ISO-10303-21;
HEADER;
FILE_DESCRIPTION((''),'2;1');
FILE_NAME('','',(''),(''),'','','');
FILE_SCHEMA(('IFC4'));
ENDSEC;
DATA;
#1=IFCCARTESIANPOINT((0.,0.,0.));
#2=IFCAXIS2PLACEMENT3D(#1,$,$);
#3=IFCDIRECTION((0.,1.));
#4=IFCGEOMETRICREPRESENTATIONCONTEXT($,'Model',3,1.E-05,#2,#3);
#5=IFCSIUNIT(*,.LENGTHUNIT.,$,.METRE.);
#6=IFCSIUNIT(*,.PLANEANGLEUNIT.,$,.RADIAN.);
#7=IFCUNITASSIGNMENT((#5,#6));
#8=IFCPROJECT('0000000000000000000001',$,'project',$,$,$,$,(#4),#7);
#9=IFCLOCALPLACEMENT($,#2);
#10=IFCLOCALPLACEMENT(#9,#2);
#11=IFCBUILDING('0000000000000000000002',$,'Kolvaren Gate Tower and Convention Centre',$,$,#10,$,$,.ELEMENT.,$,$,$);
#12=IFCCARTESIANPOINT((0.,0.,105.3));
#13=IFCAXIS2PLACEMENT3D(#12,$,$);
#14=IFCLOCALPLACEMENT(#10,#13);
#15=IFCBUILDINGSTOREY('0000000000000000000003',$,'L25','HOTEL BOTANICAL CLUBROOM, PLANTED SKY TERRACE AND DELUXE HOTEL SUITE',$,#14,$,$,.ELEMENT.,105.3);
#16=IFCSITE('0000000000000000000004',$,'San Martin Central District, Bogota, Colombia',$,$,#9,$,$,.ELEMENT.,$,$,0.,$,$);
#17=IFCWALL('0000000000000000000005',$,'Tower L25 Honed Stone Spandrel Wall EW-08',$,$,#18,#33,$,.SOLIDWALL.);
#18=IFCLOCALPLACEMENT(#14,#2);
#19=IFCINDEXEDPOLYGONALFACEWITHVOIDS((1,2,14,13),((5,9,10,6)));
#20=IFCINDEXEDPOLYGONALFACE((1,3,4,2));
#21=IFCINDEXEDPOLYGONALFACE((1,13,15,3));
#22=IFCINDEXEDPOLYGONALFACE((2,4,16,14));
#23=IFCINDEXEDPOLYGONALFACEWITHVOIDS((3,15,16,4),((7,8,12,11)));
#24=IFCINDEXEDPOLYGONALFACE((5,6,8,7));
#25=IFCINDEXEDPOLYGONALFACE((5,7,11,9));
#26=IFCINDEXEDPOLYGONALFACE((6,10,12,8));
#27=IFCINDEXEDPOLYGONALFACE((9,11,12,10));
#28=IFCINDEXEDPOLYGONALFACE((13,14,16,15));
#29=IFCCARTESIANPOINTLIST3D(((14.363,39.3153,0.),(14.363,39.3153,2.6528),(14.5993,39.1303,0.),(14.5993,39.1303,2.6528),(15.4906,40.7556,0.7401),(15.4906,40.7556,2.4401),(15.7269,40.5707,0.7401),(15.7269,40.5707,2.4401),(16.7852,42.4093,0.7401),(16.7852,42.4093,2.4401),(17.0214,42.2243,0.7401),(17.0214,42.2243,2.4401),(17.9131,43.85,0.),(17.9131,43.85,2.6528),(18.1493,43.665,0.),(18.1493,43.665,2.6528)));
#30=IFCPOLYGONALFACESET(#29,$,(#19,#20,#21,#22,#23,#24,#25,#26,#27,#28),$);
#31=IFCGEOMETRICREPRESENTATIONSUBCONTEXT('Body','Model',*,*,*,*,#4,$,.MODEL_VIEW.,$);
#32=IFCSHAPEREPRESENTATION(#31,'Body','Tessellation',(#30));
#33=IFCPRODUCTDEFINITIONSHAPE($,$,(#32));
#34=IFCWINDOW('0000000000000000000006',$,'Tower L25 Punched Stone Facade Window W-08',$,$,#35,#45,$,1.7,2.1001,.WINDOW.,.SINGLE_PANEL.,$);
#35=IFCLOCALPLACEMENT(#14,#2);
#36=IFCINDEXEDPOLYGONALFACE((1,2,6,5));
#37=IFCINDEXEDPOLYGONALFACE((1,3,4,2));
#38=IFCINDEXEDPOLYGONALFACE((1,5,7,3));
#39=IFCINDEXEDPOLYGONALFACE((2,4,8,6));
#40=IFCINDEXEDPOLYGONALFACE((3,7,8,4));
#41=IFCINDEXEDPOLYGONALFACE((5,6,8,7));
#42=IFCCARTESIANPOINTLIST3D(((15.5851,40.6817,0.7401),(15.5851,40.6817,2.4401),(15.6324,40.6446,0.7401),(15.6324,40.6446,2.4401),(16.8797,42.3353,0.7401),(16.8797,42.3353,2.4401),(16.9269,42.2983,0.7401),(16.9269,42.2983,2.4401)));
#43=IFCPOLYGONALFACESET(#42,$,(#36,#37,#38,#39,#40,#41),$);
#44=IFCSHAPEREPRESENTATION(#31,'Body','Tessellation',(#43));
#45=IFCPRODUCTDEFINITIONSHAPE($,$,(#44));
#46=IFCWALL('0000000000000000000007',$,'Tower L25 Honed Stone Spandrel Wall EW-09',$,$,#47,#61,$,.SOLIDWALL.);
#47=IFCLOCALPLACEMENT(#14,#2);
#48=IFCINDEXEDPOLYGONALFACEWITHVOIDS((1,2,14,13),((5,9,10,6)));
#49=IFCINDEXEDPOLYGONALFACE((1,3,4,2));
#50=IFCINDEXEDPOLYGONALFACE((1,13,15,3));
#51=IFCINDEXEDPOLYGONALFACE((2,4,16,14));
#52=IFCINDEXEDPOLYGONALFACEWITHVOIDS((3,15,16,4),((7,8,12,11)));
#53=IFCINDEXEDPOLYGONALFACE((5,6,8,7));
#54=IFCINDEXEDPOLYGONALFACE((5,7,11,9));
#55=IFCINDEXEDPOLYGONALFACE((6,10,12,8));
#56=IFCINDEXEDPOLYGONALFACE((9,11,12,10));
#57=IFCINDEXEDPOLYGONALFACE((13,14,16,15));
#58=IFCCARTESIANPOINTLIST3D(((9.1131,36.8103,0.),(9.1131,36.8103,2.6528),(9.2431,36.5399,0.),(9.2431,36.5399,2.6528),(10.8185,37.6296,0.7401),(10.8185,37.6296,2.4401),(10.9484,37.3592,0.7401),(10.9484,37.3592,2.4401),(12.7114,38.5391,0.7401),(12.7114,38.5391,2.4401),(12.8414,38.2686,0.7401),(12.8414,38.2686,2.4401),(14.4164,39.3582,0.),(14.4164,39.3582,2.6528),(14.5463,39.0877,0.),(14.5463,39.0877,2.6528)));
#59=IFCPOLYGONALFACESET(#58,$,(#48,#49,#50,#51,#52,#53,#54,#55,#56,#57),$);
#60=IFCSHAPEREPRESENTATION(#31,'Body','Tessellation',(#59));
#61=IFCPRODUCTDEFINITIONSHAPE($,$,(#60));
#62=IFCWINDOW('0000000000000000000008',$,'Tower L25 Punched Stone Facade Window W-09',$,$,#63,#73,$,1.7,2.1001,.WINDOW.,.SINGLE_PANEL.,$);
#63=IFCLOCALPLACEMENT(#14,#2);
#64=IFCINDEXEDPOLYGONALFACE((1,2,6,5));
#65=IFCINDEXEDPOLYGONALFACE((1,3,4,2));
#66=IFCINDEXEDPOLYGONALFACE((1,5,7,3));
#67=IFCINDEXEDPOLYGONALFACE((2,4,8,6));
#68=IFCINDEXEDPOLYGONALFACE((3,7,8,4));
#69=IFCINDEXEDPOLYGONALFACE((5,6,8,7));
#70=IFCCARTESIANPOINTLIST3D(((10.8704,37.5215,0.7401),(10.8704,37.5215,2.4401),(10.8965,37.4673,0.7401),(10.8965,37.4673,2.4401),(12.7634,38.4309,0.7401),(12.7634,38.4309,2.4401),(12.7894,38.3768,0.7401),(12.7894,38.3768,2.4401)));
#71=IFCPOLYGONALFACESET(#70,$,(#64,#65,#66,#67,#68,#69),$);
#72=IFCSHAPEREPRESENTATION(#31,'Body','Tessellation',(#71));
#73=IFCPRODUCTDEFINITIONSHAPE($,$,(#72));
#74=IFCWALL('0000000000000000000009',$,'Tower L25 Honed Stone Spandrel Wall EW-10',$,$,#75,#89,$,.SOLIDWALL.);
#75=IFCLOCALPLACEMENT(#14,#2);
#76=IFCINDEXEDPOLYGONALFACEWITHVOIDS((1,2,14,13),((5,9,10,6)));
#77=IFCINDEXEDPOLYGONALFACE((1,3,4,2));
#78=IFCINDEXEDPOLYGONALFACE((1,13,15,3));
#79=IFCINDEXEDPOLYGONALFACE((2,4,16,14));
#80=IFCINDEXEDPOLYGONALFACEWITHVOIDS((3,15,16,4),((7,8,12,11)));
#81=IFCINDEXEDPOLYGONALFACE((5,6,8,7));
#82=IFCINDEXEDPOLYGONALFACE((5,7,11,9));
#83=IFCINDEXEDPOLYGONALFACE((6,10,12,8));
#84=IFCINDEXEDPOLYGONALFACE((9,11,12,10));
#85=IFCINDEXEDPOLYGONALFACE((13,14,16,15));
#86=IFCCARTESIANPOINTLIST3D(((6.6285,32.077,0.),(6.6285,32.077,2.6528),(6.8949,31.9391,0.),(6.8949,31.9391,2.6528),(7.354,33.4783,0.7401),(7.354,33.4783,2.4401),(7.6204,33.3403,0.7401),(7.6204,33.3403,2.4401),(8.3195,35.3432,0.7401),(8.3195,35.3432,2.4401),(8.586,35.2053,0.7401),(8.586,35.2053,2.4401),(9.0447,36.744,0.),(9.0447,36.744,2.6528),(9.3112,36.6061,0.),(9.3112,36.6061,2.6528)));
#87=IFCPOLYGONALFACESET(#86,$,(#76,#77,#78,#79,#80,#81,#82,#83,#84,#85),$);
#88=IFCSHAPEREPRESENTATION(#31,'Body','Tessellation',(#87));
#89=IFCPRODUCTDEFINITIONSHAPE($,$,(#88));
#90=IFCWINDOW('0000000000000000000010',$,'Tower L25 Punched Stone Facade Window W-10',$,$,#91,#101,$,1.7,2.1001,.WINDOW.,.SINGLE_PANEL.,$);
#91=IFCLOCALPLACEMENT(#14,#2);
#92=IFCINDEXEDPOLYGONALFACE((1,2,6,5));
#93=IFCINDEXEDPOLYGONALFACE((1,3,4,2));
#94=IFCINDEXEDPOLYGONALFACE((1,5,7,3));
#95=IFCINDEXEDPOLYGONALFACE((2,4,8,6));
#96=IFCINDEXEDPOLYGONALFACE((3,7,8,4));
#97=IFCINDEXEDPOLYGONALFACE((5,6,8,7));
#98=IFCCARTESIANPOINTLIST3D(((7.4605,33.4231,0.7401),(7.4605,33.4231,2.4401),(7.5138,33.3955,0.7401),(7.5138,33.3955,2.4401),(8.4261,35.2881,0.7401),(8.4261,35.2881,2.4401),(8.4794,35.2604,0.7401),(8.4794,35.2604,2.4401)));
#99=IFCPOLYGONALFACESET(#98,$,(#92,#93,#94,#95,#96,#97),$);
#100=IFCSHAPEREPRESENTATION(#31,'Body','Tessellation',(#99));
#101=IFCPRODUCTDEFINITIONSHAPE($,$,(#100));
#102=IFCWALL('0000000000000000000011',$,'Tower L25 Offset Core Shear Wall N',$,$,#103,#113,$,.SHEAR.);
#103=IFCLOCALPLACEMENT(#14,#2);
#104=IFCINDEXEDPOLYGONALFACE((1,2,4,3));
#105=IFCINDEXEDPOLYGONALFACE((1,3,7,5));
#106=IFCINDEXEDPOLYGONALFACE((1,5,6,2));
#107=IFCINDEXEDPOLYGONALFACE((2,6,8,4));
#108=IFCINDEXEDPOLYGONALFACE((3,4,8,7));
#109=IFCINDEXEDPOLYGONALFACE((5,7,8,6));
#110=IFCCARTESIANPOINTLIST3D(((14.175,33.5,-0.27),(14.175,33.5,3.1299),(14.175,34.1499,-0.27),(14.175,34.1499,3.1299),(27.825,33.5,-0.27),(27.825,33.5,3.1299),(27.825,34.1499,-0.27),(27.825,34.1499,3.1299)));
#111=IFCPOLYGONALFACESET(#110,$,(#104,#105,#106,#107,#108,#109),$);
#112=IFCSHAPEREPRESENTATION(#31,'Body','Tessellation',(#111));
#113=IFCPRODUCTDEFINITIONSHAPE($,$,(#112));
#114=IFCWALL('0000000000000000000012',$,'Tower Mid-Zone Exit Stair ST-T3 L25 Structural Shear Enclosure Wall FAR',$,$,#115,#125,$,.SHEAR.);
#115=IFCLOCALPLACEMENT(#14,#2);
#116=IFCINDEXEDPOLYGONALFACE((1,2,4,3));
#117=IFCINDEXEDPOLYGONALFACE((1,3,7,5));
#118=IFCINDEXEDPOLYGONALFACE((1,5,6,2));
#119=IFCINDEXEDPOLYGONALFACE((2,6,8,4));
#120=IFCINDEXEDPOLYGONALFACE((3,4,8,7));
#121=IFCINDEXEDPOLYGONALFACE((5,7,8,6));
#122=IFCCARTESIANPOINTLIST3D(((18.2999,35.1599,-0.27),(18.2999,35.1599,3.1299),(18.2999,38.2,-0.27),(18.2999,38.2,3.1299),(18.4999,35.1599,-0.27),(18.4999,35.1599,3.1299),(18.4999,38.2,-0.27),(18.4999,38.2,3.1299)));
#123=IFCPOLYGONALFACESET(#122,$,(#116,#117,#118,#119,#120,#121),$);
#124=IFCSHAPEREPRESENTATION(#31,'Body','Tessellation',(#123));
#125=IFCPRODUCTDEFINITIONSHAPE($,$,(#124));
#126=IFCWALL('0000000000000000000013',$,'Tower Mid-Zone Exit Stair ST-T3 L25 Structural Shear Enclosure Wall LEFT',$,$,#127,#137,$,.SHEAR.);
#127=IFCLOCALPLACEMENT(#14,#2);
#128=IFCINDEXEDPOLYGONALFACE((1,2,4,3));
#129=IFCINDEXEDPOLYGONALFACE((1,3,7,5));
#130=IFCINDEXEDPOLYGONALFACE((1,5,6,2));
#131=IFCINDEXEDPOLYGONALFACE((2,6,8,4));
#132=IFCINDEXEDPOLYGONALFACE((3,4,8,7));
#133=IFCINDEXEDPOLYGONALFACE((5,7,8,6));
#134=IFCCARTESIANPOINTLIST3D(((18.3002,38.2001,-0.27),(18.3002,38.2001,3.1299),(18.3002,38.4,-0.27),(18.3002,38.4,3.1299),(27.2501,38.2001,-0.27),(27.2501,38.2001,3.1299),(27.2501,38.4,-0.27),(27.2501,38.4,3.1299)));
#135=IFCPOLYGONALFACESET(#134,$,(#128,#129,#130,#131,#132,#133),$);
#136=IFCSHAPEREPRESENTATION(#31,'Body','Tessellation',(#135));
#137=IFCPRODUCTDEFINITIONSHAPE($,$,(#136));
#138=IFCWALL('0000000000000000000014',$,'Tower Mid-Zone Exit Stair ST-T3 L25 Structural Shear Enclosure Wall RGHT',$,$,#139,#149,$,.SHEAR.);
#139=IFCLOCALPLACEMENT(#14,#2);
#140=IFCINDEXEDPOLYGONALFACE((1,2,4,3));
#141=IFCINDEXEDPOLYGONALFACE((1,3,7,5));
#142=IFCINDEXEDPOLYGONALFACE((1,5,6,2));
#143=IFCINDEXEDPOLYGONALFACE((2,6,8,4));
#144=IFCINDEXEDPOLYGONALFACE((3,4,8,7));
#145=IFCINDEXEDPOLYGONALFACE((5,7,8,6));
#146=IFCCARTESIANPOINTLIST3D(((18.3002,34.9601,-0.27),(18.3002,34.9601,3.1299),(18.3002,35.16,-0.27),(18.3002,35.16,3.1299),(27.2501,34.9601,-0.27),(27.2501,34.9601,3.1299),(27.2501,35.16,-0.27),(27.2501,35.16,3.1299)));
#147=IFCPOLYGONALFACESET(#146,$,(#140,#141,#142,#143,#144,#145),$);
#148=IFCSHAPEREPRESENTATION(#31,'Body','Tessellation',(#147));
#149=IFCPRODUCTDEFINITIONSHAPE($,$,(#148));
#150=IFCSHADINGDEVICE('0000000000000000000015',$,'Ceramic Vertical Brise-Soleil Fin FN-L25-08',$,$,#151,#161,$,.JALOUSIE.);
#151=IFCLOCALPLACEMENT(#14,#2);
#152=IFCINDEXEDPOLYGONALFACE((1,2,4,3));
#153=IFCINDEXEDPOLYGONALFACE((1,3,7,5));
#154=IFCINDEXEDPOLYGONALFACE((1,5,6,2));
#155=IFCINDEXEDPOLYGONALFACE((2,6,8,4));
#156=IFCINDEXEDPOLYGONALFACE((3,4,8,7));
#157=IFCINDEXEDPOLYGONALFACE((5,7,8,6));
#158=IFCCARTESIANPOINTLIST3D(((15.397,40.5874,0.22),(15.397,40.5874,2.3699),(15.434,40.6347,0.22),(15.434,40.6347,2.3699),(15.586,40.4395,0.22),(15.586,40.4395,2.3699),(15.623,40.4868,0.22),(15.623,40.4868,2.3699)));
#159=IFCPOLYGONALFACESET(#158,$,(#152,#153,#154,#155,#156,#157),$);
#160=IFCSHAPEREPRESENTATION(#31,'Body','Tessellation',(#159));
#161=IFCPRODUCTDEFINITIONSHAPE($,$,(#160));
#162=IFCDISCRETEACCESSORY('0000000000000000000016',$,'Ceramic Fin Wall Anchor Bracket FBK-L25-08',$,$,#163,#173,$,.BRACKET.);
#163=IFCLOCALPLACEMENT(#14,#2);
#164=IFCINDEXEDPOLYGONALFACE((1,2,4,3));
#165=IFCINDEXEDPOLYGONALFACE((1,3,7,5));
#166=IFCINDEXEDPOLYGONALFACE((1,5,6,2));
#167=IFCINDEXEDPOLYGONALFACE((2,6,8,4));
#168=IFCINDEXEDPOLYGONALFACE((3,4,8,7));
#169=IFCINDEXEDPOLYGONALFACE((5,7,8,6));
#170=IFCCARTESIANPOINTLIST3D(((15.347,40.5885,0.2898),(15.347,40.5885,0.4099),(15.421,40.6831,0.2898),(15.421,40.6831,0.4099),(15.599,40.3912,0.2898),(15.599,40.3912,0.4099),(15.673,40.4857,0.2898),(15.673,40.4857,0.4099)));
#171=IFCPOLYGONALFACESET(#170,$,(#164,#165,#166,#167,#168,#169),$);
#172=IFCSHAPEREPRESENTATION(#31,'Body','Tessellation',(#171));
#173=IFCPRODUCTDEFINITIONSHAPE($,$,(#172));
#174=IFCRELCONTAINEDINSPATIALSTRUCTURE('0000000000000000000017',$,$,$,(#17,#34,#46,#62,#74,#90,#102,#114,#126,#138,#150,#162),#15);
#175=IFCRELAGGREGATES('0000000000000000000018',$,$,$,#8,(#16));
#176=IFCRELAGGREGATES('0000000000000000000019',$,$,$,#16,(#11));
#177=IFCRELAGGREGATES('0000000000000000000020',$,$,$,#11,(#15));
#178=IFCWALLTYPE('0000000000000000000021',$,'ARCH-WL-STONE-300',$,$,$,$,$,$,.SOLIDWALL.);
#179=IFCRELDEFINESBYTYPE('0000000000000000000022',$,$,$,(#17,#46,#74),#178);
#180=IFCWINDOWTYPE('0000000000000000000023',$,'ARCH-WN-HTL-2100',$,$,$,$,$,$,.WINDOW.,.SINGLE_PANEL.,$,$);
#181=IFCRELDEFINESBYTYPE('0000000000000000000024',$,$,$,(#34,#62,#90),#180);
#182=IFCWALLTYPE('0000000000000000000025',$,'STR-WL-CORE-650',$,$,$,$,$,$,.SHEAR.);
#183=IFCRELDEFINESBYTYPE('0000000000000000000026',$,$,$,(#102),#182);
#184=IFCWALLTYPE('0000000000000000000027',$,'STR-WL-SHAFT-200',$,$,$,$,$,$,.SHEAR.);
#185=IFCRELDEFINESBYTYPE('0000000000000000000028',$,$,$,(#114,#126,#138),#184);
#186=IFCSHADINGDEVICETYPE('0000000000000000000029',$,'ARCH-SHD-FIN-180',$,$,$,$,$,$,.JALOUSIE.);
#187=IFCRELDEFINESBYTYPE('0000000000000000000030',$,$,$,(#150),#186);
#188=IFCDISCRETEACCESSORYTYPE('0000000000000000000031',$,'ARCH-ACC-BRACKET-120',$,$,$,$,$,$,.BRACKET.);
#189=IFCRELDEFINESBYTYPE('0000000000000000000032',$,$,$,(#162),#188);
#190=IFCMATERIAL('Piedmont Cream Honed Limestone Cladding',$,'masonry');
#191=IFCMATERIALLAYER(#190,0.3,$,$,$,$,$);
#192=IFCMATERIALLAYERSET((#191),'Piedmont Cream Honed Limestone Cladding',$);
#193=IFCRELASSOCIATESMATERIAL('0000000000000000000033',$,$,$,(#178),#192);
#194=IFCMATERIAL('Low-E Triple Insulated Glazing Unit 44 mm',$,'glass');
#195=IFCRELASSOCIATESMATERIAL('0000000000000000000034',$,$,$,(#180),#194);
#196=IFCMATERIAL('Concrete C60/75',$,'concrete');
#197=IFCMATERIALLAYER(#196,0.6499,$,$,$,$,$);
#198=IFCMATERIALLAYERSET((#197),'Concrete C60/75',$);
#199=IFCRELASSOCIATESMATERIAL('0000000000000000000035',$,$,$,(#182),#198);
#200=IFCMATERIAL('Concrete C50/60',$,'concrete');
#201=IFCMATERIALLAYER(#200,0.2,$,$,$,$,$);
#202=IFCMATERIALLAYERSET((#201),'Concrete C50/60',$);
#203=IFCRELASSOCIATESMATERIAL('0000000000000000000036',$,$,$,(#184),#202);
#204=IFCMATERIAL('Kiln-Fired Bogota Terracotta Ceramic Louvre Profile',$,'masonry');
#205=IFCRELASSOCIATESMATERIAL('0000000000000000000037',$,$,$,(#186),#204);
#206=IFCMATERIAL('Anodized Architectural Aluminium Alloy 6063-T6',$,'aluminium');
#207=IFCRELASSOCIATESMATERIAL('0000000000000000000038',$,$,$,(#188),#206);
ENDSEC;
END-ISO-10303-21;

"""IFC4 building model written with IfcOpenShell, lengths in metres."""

from ifc_helpers import new_model, si_unit, direction, frame, frame_2d, origin, origin_2d, place, context, subcontext, project, spatial, rectangle, extrude, material, layer, layer_set, type_object, element, fill, save


model = new_model("IFC4")

# Units and contexts
model_context = context("Model", 3, precision=1e-05, world=origin(), true_north=direction((0.0, 1.0)))
body_context = subcontext(model_context, "Body", "Model", "MODEL_VIEW")
ifc_project = project(units=[si_unit("LENGTHUNIT", "METRE"), si_unit("PLANEANGLEUNIT", "RADIAN")], contexts=[model_context])

# Site, building, storey
site_placement = place(None, origin())
site = spatial("IfcSite", under=ifc_project, at=site_placement, Name="San Martin Central District, Bogota, Colombia", CompositionType="ELEMENT", RefElevation=0.0)
building_placement = place(site_placement, origin())
building = spatial("IfcBuilding", under=site, at=building_placement, Name="Kolvaren Gate Tower and Convention Centre", CompositionType="ELEMENT")
storey_placement = place(building_placement, frame((0.0, 0.0, 105.3)))
storey = spatial("IfcBuildingStorey", under=building, at=storey_placement, Name="L25", Description="HOTEL BOTANICAL CLUBROOM, PLANTED SKY TERRACE AND DELUXE HOTEL SUITE", CompositionType="ELEMENT", Elevation=105.3)

# Shared definitions
ifc_material_1 = material(Name="Concrete C60/75", Category="concrete")

# Shared definitions
ifc_material_2 = material(Name="Piedmont Cream Honed Limestone Cladding", Category="masonry")

# Walls, openings, windows
ifc_layer_1 = layer(ifc_material_2, 0.3)
ifc_layer_set_1 = layer_set([ifc_layer_1], Name="Piedmont Cream Honed Limestone Cladding")
wall_type_1 = type_object("IfcWallType", Name="ARCH-WL-STONE-300", PredefinedType="SOLIDWALL", material=ifc_layer_set_1)
ifc_material_3 = material(Name="Low-E Triple Insulated Glazing Unit 44 mm", Category="glass")
window_type = type_object("IfcWindowType", Name="ARCH-WN-HTL-2100", PartitioningType="SINGLE_PANEL", PredefinedType="WINDOW", material=ifc_material_3)
wall_1_placement = place(storey_placement, frame((14.4812, 39.2229, 0.0), z_axis=(0.0, 0.0, 1.0), x_axis=(0.616435, 0.787406, 0.0)))
wall_1 = element("IfcWall", 1, at=wall_1_placement, inside=storey, type_object=wall_type_1, Name="Tower L25 Honed Stone Spandrel Wall EW-08", PredefinedType="SOLIDWALL", context=body_context, shape_type="SweptSolid", body=[
    extrude(rectangle(XDim=5.759, YDim=0.3, at=frame_2d((2.8794, 0.0))), origin(), (0.0, 0.0, 1.0), 2.6528),
])
opening_1_placement = place(wall_1_placement, frame((1.8291, 0.0, 0.74)))
opening_1 = element("IfcOpeningElement", 2, at=opening_1_placement, cuts=wall_1, PredefinedType="OPENING", context=body_context, shape_type="SweptSolid", body=[
    extrude(rectangle(XDim=2.1001, YDim=1.7, at=frame_2d((1.05, 0.8501))), frame((0.0, 0.1599, 0.0), z_axis=(0.0, -1.0, 0.0), x_axis=(1.0, 0.0, 0.0)), (0.0, 0.0, 1.0), 0.3201),
])
window_1_placement = place(opening_1_placement, origin())
window_1 = element("IfcWindow", 3, at=window_1_placement, inside=storey, type_object=window_type, Name="Tower L25 Punched Stone Facade Window W-08", OverallHeight=1.7, OverallWidth=2.1001, PartitioningType="SINGLE_PANEL", PredefinedType="WINDOW", context=body_context, shape_type="SweptSolid", body=[
    extrude(rectangle(XDim=2.1001, YDim=1.7, at=frame_2d((1.05, 0.8501))), frame((0.0, 0.03, 0.0), z_axis=(0.0, -1.0, 0.0), x_axis=(1.0, 0.0, 0.0)), (0.0, 0.0, 1.0), 0.0601),
])
fill(opening_1, window_1)
wall_2_placement = place(storey_placement, frame((9.178, 36.675, 0.0), z_axis=(0.0, 0.0, 1.0), x_axis=(0.90137, 0.433049, 0.0)))
wall_2 = element("IfcWall", 4, at=wall_2_placement, inside=storey, type_object=wall_type_1, Name="Tower L25 Honed Stone Spandrel Wall EW-09", PredefinedType="SOLIDWALL", context=body_context, shape_type="SweptSolid", body=[
    extrude(rectangle(XDim=5.8835, YDim=0.3, at=frame_2d((2.9419, 0.0))), origin(), (0.0, 0.0, 1.0), 2.6528),
])
opening_2_placement = place(wall_2_placement, frame((1.8921, 0.0, 0.74)))
opening_2 = element("IfcOpeningElement", 5, at=opening_2_placement, cuts=wall_2, PredefinedType="OPENING", context=body_context, shape_type="SweptSolid", body=[
    extrude(rectangle(XDim=2.1001, YDim=1.7, at=frame_2d((1.05, 0.8501))), frame((0.0, 0.1599, 0.0), z_axis=(0.0, -1.0, 0.0), x_axis=(1.0, 0.0, 0.0)), (0.0, 0.0, 1.0), 0.3201),
])
window_2_placement = place(opening_2_placement, origin())
window_2 = element("IfcWindow", 6, at=window_2_placement, inside=storey, type_object=window_type, Name="Tower L25 Punched Stone Facade Window W-09", OverallHeight=1.7, OverallWidth=2.1001, PartitioningType="SINGLE_PANEL", PredefinedType="WINDOW", context=body_context, shape_type="SweptSolid", body=[
    extrude(rectangle(XDim=2.1001, YDim=1.7, at=frame_2d((1.05, 0.8501))), frame((0.0, 0.03, 0.0), z_axis=(0.0, -1.0, 0.0), x_axis=(1.0, 0.0, 0.0)), (0.0, 0.0, 1.0), 0.0601),
])
fill(opening_2, window_2)
wall_3_placement = place(storey_placement, frame((6.7617, 32.0081, 0.0), z_axis=(0.0, 0.0, 1.0), x_axis=(0.459768, 0.888039, 0.0)))
wall_3 = element("IfcWall", 7, at=wall_3_placement, inside=storey, type_object=wall_type_1, Name="Tower L25 Honed Stone Spandrel Wall EW-10", PredefinedType="SOLIDWALL", context=body_context, shape_type="SweptSolid", body=[
    extrude(rectangle(XDim=5.2554, YDim=0.3, at=frame_2d((2.6277, 0.0))), origin(), (0.0, 0.0, 1.0), 2.6528),
])
opening_3_placement = place(wall_3_placement, frame((1.5779, 0.0, 0.74)))
opening_3 = element("IfcOpeningElement", 8, at=opening_3_placement, cuts=wall_3, PredefinedType="OPENING", context=body_context, shape_type="SweptSolid", body=[
    extrude(rectangle(XDim=2.1001, YDim=1.7, at=frame_2d((1.05, 0.8501))), frame((0.0, 0.1599, 0.0), z_axis=(0.0, -1.0, 0.0), x_axis=(1.0, 0.0, 0.0)), (0.0, 0.0, 1.0), 0.3201),
])
window_3_placement = place(opening_3_placement, origin())
window_3 = element("IfcWindow", 9, at=window_3_placement, inside=storey, type_object=window_type, Name="Tower L25 Punched Stone Facade Window W-10", OverallHeight=1.7, OverallWidth=2.1001, PartitioningType="SINGLE_PANEL", PredefinedType="WINDOW", context=body_context, shape_type="SweptSolid", body=[
    extrude(rectangle(XDim=2.1001, YDim=1.7, at=frame_2d((1.05, 0.8501))), frame((0.0, 0.03, 0.0), z_axis=(0.0, -1.0, 0.0), x_axis=(1.0, 0.0, 0.0)), (0.0, 0.0, 1.0), 0.0601),
])
fill(opening_3, window_3)

# Walls
ifc_layer_2 = layer(ifc_material_1, 0.6499)
ifc_layer_set_2 = layer_set([ifc_layer_2], Name="Concrete C60/75")
wall_type_2 = type_object("IfcWallType", Name="STR-WL-CORE-650", PredefinedType="SHEAR", material=ifc_layer_set_2)
wall_4_placement = place(storey_placement, frame((14.175, 33.825, -0.27), z_axis=(0.0, 0.0, 1.0), x_axis=(1.0, 0.0, 0.0)))
element("IfcWall", 10, at=wall_4_placement, inside=storey, type_object=wall_type_2, Name="Tower L25 Offset Core Shear Wall N", PredefinedType="SHEAR", context=body_context, shape_type="SweptSolid", body=[
    extrude(rectangle(XDim=13.6499, YDim=0.6499, at=frame_2d((6.825, 0.0))), origin(), (0.0, 0.0, 1.0), 3.3999),
])
ifc_material_4 = material(Name="Concrete C50/60", Category="concrete")
ifc_layer_3 = layer(ifc_material_4, 0.2)
ifc_layer_set_3 = layer_set([ifc_layer_3], Name="Concrete C50/60")
wall_type_3 = type_object("IfcWallType", Name="STR-WL-SHAFT-200", PredefinedType="SHEAR", material=ifc_layer_set_3)
wall_5_placement = place(storey_placement, frame((18.3999, 35.1599, -0.27), z_axis=(0.0, 0.0, 1.0), x_axis=(0.0, 1.0, 0.0)))
element("IfcWall", 11, at=wall_5_placement, inside=storey, type_object=wall_type_3, Name="Tower Mid-Zone Exit Stair ST-T3 L25 Structural Shear Enclosure Wall FAR", PredefinedType="SHEAR", context=body_context, shape_type="SweptSolid", body=[
    extrude(rectangle(XDim=3.04, YDim=0.2, at=frame_2d((1.52, 0.0))), origin(), (0.0, 0.0, 1.0), 3.3999),
])
for number, where, z_axis, x_axis, name in (
    (12, (18.3, 38.3, -0.27), (0.0, 0.0, 1.0), (1.0, 0.0, 0.0), "Tower Mid-Zone Exit Stair ST-T3 L25 Structural Shear Enclosure Wall LEFT"),
    (13, (18.3, 35.0601, -0.27), (0.0, 0.0, 1.0), (1.0, 0.0, 0.0), "Tower Mid-Zone Exit Stair ST-T3 L25 Structural Shear Enclosure Wall RGHT"),
):
    element("IfcWall", number, at=place(storey_placement, frame(where, z_axis=z_axis, x_axis=x_axis)), inside=storey, type_object=wall_type_3, Name=name, PredefinedType="SHEAR", context=body_context, shape_type="SweptSolid", body=[
        extrude(rectangle(XDim=8.95, YDim=0.2, at=frame_2d((4.4751, 0.0))), origin(), (0.0, 0.0, 1.0), 3.3999),
    ])

# Shading device
ifc_material_5 = material(Name="Kiln-Fired Bogota Terracotta Ceramic Louvre Profile", Category="masonry")
shading_device_type = type_object("IfcShadingDeviceType", Name="ARCH-SHD-FIN-180", PredefinedType="JALOUSIE", material=ifc_material_5)
shading_device_placement = place(storey_placement, frame((15.51, 40.5371, 0.22), z_axis=(0.0, 0.0, 1.0), x_axis=(0.616435, 0.787405, 0.0)))
element("IfcShadingDevice", 14, at=shading_device_placement, inside=storey, type_object=shading_device_type, Name="Ceramic Vertical Brise-Soleil Fin FN-L25-08", PredefinedType="JALOUSIE", context=body_context, shape_type="SweptSolid", body=[
    extrude(rectangle(XDim=0.0601, YDim=0.24, at=origin_2d()), origin(), (0.0, 0.0, 1.0), 2.1499),
])

# Discrete accessory
ifc_material_6 = material(Name="Anodized Architectural Aluminium Alloy 6063-T6", Category="aluminium")
discrete_accessory_type = type_object("IfcDiscreteAccessoryType", Name="ARCH-ACC-BRACKET-120", PredefinedType="BRACKET", material=ifc_material_6)
discrete_accessory_placement = place(storey_placement, frame((15.51, 40.5371, 0.2898), z_axis=(0.0, 0.0, 1.0), x_axis=(0.616435, 0.787405, 0.0)))
element("IfcDiscreteAccessory", 15, at=discrete_accessory_placement, inside=storey, type_object=discrete_accessory_type, Name="Ceramic Fin Wall Anchor Bracket FBK-L25-08", PredefinedType="BRACKET", context=body_context, shape_type="SweptSolid", body=[
    extrude(rectangle(XDim=0.1201, YDim=0.3201, at=origin_2d()), origin(), (0.0, 0.0, 1.0), 0.1201),
])

save(model, "model.ifc")
